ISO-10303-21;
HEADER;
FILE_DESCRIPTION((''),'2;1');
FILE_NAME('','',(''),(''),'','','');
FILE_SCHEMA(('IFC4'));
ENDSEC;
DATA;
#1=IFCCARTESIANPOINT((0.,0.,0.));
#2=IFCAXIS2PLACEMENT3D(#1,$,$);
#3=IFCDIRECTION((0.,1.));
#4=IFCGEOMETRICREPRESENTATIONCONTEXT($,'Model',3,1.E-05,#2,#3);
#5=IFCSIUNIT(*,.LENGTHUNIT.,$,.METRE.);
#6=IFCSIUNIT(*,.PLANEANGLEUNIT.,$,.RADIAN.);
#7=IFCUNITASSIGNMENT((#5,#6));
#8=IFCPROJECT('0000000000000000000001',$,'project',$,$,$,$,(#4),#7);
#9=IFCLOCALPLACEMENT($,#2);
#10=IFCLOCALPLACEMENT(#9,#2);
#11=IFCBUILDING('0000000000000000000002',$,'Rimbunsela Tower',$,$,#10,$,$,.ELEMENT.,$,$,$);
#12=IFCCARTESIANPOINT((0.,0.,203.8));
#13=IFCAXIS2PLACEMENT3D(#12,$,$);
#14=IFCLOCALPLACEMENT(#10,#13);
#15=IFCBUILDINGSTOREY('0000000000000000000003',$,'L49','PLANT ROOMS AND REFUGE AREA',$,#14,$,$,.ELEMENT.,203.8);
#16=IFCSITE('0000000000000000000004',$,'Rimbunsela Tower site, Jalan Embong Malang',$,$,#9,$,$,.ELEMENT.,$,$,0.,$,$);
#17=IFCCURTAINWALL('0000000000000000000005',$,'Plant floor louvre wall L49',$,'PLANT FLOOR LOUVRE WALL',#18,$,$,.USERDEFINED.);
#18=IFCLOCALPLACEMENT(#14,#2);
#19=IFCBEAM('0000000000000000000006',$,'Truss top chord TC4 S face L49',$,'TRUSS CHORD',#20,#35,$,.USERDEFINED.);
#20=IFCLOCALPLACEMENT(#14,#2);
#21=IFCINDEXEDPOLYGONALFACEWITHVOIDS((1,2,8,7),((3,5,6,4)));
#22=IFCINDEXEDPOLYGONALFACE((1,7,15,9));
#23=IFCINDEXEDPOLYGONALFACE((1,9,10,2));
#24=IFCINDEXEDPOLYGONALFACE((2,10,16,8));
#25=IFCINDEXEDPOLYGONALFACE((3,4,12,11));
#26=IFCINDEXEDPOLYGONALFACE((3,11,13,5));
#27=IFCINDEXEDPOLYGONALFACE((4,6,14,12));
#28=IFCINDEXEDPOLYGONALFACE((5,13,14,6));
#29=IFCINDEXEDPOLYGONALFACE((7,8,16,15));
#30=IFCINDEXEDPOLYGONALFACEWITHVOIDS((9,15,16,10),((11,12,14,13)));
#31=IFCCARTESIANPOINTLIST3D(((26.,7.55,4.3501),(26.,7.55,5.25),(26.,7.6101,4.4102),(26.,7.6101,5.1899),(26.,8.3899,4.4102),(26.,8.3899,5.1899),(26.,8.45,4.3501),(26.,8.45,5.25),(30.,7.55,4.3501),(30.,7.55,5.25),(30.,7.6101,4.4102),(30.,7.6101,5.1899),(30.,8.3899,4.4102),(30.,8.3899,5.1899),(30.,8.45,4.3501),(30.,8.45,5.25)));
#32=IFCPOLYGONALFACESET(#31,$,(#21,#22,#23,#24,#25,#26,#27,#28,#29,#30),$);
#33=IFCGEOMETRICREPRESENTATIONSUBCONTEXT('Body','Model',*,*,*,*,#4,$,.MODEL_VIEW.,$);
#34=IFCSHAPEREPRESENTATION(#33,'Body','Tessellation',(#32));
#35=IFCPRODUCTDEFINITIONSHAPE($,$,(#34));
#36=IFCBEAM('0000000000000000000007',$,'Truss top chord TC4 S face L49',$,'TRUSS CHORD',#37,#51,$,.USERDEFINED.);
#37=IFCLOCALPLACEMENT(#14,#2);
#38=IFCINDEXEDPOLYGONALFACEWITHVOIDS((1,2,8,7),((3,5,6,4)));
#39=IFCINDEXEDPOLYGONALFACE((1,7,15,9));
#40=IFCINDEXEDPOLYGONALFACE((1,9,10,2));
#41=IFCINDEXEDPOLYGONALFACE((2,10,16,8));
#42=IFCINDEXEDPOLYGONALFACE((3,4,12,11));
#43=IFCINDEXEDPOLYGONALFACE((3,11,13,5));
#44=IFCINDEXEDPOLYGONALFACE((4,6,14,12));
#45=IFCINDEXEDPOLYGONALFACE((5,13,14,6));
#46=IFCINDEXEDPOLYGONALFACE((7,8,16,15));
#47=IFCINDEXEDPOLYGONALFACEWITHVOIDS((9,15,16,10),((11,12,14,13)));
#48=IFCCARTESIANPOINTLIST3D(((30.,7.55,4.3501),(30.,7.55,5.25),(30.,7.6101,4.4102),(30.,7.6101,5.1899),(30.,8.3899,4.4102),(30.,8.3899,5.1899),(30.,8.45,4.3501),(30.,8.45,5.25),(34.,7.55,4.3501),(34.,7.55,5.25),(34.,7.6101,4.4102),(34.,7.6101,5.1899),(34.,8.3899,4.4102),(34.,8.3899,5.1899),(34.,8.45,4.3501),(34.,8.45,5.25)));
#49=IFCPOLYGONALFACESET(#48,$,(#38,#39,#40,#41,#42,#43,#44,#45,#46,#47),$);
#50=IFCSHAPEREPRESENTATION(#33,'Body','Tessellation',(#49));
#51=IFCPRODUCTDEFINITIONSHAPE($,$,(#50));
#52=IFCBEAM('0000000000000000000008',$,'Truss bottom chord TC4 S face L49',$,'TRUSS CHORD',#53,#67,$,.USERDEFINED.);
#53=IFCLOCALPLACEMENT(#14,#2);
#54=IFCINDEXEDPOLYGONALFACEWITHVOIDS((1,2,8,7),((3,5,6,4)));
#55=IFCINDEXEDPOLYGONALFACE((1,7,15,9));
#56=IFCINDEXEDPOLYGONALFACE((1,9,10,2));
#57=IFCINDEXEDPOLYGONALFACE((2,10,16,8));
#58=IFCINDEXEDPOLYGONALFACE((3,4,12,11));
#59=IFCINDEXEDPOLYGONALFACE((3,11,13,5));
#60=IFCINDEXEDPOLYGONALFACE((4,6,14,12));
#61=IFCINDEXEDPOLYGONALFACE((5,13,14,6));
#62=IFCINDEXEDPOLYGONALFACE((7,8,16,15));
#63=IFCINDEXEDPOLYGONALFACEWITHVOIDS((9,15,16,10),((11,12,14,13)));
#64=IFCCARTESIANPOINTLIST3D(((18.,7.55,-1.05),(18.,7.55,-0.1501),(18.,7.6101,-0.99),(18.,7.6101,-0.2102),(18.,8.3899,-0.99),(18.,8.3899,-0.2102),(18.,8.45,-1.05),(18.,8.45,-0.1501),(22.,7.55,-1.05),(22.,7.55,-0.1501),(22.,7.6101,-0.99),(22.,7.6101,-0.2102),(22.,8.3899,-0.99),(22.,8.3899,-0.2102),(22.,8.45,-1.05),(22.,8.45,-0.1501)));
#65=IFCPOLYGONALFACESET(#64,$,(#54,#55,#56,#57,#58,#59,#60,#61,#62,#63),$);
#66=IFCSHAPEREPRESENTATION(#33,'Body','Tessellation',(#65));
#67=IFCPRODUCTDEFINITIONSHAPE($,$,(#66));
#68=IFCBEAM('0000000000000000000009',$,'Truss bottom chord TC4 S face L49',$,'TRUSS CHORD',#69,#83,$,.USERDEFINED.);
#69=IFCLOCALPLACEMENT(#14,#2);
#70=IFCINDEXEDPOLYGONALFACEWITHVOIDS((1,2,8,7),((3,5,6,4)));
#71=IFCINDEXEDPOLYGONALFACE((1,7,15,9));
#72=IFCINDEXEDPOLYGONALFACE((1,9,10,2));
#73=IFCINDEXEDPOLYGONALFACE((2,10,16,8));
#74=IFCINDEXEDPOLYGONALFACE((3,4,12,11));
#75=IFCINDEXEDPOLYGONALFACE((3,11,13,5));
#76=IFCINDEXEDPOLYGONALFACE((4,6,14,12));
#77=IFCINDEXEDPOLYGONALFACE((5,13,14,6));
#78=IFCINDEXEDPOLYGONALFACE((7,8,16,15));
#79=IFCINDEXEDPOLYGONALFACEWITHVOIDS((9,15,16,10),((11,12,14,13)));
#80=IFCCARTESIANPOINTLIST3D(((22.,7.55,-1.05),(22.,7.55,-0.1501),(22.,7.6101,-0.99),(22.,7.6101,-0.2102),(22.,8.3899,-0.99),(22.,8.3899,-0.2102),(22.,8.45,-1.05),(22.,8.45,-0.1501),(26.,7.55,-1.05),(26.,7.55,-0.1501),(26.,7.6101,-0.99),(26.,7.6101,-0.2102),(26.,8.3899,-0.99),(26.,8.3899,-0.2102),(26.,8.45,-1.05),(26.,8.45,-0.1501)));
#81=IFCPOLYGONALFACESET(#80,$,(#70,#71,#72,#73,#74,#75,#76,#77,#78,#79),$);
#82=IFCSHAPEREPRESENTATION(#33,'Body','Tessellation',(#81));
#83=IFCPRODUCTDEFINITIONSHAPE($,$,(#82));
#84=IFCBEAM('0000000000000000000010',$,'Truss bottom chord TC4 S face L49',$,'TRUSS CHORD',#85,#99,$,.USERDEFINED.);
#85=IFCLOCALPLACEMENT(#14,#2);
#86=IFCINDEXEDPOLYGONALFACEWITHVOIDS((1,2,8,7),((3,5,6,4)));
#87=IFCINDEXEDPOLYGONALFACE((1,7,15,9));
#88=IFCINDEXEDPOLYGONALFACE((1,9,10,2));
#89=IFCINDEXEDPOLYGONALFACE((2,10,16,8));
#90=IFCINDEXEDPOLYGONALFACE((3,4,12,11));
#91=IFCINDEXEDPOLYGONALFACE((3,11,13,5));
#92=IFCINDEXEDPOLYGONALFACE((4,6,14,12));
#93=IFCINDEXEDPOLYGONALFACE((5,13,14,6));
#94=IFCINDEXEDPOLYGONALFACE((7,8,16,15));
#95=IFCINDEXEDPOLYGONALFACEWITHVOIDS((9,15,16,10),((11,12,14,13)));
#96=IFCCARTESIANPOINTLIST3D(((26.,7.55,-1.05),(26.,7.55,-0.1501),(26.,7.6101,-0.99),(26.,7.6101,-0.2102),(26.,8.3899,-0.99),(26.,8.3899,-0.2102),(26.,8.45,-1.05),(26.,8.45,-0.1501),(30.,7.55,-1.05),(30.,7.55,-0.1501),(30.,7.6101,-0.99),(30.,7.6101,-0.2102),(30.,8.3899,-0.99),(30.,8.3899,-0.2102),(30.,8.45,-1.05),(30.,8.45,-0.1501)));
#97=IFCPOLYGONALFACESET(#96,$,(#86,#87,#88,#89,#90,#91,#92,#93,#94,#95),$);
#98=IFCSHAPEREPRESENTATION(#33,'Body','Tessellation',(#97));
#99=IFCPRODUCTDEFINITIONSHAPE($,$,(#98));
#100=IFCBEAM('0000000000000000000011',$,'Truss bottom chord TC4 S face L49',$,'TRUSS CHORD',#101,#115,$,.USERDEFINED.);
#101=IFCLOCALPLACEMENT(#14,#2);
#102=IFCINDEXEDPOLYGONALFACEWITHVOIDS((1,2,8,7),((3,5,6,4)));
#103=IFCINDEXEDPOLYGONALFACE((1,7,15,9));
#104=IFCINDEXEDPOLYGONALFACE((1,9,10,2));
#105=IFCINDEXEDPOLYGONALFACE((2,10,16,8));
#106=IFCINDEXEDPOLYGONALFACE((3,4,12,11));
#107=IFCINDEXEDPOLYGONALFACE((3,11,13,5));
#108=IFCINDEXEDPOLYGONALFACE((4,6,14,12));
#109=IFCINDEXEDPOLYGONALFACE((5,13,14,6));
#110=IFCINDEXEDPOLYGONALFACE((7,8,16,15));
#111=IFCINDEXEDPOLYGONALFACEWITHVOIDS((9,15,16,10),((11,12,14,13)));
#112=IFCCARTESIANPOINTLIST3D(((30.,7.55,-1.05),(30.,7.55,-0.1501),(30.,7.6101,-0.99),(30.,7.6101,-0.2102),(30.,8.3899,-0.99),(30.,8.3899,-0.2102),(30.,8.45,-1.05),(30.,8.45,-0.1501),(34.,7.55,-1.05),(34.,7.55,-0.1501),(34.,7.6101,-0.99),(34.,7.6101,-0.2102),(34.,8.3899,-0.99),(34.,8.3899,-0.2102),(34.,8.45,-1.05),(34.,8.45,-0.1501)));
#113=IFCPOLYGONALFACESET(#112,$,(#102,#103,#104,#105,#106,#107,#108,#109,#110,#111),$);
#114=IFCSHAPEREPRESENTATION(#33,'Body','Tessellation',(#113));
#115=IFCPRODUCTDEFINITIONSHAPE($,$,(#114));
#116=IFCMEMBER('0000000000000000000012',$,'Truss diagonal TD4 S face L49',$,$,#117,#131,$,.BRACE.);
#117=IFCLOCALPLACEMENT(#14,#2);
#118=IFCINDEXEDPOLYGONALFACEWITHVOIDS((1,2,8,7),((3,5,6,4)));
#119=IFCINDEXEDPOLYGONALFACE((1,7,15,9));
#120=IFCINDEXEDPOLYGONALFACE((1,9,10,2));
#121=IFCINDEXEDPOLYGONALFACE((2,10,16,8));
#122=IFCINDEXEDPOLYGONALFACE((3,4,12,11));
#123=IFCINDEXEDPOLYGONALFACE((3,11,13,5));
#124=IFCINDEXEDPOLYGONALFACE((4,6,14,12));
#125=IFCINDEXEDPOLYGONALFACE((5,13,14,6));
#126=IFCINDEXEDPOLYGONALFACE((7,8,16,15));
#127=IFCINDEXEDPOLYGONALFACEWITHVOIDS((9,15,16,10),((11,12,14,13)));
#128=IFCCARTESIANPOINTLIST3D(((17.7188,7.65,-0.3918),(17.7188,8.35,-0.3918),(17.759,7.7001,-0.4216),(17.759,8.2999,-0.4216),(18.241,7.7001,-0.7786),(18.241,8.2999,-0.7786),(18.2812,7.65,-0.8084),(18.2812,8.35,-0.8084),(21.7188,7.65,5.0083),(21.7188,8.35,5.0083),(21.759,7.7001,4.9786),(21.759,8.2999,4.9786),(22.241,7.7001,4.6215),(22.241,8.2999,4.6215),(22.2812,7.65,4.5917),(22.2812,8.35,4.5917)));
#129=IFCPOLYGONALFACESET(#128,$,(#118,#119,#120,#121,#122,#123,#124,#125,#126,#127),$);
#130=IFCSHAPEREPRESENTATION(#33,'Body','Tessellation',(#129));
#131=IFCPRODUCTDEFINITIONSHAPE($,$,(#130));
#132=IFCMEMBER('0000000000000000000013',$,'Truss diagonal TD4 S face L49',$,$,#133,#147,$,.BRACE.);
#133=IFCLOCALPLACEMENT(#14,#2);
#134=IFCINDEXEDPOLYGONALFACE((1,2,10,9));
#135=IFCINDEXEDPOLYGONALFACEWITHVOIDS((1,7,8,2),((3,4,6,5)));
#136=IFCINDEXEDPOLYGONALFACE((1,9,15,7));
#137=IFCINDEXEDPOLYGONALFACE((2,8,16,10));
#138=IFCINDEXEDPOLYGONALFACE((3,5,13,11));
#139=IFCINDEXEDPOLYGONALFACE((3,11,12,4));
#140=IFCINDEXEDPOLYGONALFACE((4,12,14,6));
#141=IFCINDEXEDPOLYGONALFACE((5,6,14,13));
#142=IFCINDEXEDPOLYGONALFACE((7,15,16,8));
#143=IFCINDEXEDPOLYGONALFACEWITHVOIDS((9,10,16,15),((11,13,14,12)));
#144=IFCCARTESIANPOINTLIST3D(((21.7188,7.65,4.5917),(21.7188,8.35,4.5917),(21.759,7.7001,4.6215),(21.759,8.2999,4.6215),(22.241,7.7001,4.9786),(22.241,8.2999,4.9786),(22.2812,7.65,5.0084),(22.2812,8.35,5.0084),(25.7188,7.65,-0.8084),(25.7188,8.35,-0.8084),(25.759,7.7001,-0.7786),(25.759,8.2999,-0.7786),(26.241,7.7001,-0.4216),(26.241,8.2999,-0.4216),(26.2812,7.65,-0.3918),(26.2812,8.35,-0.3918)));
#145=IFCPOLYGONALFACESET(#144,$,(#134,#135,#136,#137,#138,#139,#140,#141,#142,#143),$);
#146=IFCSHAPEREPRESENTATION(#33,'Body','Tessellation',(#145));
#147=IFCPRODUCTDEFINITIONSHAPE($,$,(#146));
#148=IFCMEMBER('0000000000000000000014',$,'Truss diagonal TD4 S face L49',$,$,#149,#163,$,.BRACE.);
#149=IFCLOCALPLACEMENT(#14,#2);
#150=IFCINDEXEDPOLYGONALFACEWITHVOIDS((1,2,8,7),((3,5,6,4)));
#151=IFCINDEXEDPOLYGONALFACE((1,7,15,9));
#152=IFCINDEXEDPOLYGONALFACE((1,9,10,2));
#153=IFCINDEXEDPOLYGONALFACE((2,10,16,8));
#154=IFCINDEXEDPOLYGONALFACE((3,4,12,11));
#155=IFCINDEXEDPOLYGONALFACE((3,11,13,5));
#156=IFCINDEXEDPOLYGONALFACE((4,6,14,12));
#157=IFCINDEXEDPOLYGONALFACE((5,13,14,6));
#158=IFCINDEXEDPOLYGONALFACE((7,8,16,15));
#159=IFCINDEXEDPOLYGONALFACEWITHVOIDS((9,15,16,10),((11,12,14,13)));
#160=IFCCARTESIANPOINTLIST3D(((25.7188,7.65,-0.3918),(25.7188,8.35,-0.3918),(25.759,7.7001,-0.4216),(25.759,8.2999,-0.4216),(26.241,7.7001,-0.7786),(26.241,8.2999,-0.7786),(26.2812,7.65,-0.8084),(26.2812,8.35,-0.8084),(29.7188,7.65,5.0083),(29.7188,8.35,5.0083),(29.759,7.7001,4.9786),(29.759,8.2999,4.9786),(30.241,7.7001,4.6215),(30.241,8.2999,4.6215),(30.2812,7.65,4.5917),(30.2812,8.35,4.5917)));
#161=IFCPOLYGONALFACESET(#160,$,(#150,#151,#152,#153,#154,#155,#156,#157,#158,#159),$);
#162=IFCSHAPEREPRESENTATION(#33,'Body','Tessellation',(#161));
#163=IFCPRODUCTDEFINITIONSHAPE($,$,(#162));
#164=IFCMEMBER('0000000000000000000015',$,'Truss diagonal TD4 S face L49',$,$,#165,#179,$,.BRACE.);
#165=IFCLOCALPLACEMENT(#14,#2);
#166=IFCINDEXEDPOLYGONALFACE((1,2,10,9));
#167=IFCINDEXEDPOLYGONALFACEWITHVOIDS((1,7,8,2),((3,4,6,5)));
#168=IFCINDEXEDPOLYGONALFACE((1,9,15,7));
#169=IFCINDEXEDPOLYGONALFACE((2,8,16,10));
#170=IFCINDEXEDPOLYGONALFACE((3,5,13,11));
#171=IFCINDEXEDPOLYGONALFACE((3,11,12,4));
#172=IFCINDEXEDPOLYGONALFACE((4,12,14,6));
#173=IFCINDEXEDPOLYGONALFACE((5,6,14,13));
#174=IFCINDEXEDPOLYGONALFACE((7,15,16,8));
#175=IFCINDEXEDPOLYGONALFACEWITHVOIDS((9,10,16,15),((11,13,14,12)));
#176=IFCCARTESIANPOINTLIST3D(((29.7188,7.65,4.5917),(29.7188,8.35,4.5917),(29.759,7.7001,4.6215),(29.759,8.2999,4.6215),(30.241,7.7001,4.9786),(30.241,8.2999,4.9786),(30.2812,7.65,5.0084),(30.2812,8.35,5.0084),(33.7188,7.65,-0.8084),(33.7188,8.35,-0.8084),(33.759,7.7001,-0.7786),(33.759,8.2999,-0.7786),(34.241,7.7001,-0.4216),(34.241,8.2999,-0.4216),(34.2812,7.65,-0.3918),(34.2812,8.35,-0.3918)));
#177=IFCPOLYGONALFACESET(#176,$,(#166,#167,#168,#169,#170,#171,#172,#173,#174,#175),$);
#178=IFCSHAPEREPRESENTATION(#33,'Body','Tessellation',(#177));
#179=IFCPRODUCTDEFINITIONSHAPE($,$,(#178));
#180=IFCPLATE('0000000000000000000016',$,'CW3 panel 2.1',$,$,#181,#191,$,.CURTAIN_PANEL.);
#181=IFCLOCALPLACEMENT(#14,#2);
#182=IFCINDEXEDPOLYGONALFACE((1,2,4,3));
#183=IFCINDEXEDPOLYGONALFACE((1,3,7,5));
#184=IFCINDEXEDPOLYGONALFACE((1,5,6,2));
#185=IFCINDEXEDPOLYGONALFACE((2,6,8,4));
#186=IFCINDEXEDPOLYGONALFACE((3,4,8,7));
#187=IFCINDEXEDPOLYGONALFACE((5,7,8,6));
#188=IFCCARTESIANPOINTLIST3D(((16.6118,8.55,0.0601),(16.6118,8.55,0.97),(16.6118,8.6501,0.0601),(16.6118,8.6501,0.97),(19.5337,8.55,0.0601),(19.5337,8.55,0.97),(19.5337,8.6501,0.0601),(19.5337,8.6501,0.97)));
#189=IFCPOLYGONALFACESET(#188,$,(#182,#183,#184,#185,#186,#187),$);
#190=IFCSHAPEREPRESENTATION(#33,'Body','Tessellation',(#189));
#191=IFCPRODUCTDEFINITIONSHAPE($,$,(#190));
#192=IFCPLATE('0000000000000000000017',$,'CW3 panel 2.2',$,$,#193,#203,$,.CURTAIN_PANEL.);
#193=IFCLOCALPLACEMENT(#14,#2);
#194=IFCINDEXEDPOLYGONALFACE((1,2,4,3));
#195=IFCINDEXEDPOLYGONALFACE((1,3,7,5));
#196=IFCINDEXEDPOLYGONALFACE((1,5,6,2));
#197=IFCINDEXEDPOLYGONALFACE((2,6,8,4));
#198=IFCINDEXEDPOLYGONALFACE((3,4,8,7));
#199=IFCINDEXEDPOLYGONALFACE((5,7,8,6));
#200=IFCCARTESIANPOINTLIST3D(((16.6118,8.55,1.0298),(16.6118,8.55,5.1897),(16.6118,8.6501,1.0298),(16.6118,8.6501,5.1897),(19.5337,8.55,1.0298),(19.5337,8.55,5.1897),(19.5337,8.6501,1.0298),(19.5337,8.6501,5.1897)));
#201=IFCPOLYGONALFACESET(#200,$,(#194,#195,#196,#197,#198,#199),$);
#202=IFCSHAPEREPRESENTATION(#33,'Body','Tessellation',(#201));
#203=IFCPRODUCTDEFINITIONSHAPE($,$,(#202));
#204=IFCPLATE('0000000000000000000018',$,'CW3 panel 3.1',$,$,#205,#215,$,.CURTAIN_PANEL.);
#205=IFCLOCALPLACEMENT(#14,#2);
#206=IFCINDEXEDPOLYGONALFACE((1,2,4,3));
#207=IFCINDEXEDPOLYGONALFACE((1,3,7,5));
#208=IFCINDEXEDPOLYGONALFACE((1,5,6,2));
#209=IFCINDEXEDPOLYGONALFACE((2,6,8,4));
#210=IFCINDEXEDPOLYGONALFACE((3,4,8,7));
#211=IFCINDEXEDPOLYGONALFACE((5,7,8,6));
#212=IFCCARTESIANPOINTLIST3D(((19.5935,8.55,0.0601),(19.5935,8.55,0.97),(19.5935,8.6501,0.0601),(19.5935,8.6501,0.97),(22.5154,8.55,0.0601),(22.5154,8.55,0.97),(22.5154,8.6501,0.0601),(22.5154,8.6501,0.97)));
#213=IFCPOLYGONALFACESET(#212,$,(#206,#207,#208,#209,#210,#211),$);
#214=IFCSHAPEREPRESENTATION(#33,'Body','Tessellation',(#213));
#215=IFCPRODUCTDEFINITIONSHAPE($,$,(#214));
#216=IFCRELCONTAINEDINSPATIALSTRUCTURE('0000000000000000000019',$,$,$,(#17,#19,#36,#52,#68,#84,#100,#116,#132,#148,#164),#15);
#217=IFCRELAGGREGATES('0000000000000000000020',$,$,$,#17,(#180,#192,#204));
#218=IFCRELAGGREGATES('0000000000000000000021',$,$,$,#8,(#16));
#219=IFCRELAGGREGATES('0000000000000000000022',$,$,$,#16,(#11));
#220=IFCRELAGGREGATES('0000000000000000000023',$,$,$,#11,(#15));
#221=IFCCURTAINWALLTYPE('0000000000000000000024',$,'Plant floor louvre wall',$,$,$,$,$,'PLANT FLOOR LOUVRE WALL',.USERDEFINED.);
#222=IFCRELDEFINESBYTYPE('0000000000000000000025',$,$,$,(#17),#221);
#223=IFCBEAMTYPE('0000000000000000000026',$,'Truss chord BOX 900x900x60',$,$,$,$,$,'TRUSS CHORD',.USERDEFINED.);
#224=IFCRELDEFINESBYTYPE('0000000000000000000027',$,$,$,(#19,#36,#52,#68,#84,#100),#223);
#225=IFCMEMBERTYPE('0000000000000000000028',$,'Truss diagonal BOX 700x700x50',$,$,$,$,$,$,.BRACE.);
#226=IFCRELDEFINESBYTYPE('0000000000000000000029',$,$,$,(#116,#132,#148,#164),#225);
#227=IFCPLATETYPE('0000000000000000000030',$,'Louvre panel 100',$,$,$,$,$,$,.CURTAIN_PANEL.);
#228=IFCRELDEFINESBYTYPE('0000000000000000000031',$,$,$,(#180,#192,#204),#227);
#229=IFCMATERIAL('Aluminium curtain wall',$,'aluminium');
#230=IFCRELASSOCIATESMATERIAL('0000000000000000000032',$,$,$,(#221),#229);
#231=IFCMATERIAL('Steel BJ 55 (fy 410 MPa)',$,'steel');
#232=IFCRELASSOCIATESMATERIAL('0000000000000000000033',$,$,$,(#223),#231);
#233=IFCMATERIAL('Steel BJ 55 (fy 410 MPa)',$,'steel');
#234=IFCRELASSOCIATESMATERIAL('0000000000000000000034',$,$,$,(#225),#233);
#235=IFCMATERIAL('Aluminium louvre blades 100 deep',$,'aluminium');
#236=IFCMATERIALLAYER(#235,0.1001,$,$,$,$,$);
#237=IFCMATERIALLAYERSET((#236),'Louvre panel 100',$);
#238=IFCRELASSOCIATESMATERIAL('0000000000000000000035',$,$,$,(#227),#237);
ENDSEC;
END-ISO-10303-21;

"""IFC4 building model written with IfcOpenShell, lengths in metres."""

from ifc_helpers import new_model, si_unit, direction, frame, origin, origin_2d, place, context, subcontext, project, spatial, rectangle, hollow_rectangle, extrude, material, layer, layer_set, material_profile, profile_set, type_object, element, aggregate, save


model = new_model("IFC4")

# Units and contexts
model_context = context("Model", 3, precision=1e-05, world=origin(), true_north=direction((0.0, 1.0)))
body_context = subcontext(model_context, "Body", "Model", "MODEL_VIEW")
ifc_project = project(units=[si_unit("LENGTHUNIT", "METRE"), si_unit("PLANEANGLEUNIT", "RADIAN")], contexts=[model_context])

# Site, building, storey
site_placement = place(None, origin())
site = spatial("IfcSite", under=ifc_project, at=site_placement, Name="Rimbunsela Tower site, Jalan Embong Malang", CompositionType="ELEMENT", RefElevation=0.0)
building_placement = place(site_placement, origin())
building = spatial("IfcBuilding", under=site, at=building_placement, Name="Rimbunsela Tower", CompositionType="ELEMENT")
storey_placement = place(building_placement, frame((0.0, 0.0, 203.8)))
storey = spatial("IfcBuildingStorey", under=building, at=storey_placement, Name="L49", Description="PLANT ROOMS AND REFUGE AREA", CompositionType="ELEMENT", Elevation=203.8)

# Curtain wall
ifc_material_1 = material(Name="Aluminium curtain wall", Category="aluminium")
curtain_wall_type = type_object("IfcCurtainWallType", Name="Plant floor louvre wall", ElementType="PLANT FLOOR LOUVRE WALL", PredefinedType="USERDEFINED", material=ifc_material_1)
curtain_wall_placement = place(storey_placement, origin())
curtain_wall = element("IfcCurtainWall", 1, at=curtain_wall_placement, inside=storey, type_object=curtain_wall_type, Name="Plant floor louvre wall L49", ObjectType="PLANT FLOOR LOUVRE WALL", PredefinedType="USERDEFINED")

# Beams
ifc_material_2 = material(Name="Steel BJ 55 (fy 410 MPa)", Category="steel")
ifc_material_profile_1 = material_profile(ifc_material_2, hollow_rectangle(XDim=0.8999, YDim=0.8999, WallThickness=0.0601, at=origin_2d()), Name="BOX 900x900x60")
ifc_profile_set_1 = profile_set([ifc_material_profile_1], Name="Steel BJ 55 (fy 410 MPa)")
beam_type_1 = type_object("IfcBeamType", Name="Truss chord BOX 900x900x60", ElementType="TRUSS CHORD", PredefinedType="USERDEFINED", material=ifc_profile_set_1)
for number, where, z_axis, x_axis, name in (
    (2, (26.0, 8.0, 4.8), (1.0, 0.0, 0.0), (0.0, 1.0, 0.0), "Truss top chord TC4 S face L49"),
    (3, (30.0, 8.0, 4.8), (1.0, 0.0, 0.0), (0.0, 1.0, 0.0), "Truss top chord TC4 S face L49"),
    (4, (18.0, 8.0, -0.6001), (1.0, 0.0, 0.0), (0.0, 1.0, 0.0), "Truss bottom chord TC4 S face L49"),
    (5, (22.0, 8.0, -0.6001), (1.0, 0.0, 0.0), (0.0, 1.0, 0.0), "Truss bottom chord TC4 S face L49"),
    (6, (26.0, 8.0, -0.6001), (1.0, 0.0, 0.0), (0.0, 1.0, 0.0), "Truss bottom chord TC4 S face L49"),
    (7, (30.0, 8.0, -0.6001), (1.0, 0.0, 0.0), (0.0, 1.0, 0.0), "Truss bottom chord TC4 S face L49"),
):
    element("IfcBeam", number, at=place(storey_placement, frame(where, z_axis=z_axis, x_axis=x_axis)), inside=storey, type_object=beam_type_1, Name=name, ObjectType="TRUSS CHORD", PredefinedType="USERDEFINED", context=body_context, shape_type="SweptSolid", body=[
        extrude(hollow_rectangle(XDim=0.8999, YDim=0.8999, WallThickness=0.0601, at=origin_2d()), origin(), (0.0, 0.0, 1.0), 4.0),
    ])

# Members
ifc_material_3 = material(Name="Steel BJ 55 (fy 410 MPa)", Category="steel")
ifc_material_profile_2 = material_profile(ifc_material_3, hollow_rectangle(XDim=0.7, YDim=0.7, WallThickness=0.05, at=origin_2d()), Name="BOX 700x700x50")
ifc_profile_set_2 = profile_set([ifc_material_profile_2], Name="Steel BJ 55 (fy 410 MPa)")
member_type_1 = type_object("IfcMemberType", Name="Truss diagonal BOX 700x700x50", PredefinedType="BRACE", material=ifc_profile_set_2)
for number, where, z_axis, x_axis, name in (
    (8, (18.0, 8.0, -0.6001), (0.595217, 0.0, 0.803565), (0.0, 1.0, 0.0), "Truss diagonal TD4 S face L49"),
    (9, (22.0, 8.0, 4.8), (0.595217, 0.0, -0.803565), (0.0, 1.0, 0.0), "Truss diagonal TD4 S face L49"),
    (10, (26.0, 8.0, -0.6001), (0.595217, 0.0, 0.803565), (0.0, 1.0, 0.0), "Truss diagonal TD4 S face L49"),
    (11, (30.0, 8.0, 4.8), (0.595217, 0.0, -0.803565), (0.0, 1.0, 0.0), "Truss diagonal TD4 S face L49"),
):
    element("IfcMember", number, at=place(storey_placement, frame(where, z_axis=z_axis, x_axis=x_axis)), inside=storey, type_object=member_type_1, Name=name, PredefinedType="BRACE", context=body_context, shape_type="SweptSolid", body=[
        extrude(hollow_rectangle(XDim=0.7, YDim=0.7, WallThickness=0.05, at=origin_2d()), origin(), (0.0, 0.0, 1.0), 6.7202),
    ])

# Plates
ifc_material_4 = material(Name="Aluminium louvre blades 100 deep", Category="aluminium")
ifc_layer_1 = layer(ifc_material_4, 0.1001)
ifc_layer_set_1 = layer_set([ifc_layer_1], Name="Louvre panel 100")
plate_type = type_object("IfcPlateType", Name="Louvre panel 100", PredefinedType="CURTAIN_PANEL", material=ifc_layer_set_1)
plate_1_placement = place(storey_placement, frame((18.0728, 8.6001, 0.0601), z_axis=(0.0, 0.0, 1.0), x_axis=(1.0, 0.0, 0.0)))
plate_1 = element("IfcPlate", 12, at=plate_1_placement, type_object=plate_type, Name="CW3 panel 2.1", PredefinedType="CURTAIN_PANEL", context=body_context, shape_type="SweptSolid", body=[
    extrude(rectangle(XDim=2.9219, YDim=0.1001, at=origin_2d()), origin(), (0.0, 0.0, 1.0), 0.9099),
])
plate_2_placement = place(storey_placement, frame((18.0728, 8.6001, 1.0298), z_axis=(0.0, 0.0, 1.0), x_axis=(1.0, 0.0, 0.0)))
plate_2 = element("IfcPlate", 13, at=plate_2_placement, type_object=plate_type, Name="CW3 panel 2.2", PredefinedType="CURTAIN_PANEL", context=body_context, shape_type="SweptSolid", body=[
    extrude(rectangle(XDim=2.9219, YDim=0.1001, at=origin_2d()), origin(), (0.0, 0.0, 1.0), 4.1599),
])
plate_3_placement = place(storey_placement, frame((21.0544, 8.6001, 0.0601), z_axis=(0.0, 0.0, 1.0), x_axis=(1.0, 0.0, 0.0)))
plate_3 = element("IfcPlate", 14, at=plate_3_placement, type_object=plate_type, Name="CW3 panel 3.1", PredefinedType="CURTAIN_PANEL", context=body_context, shape_type="SweptSolid", body=[
    extrude(rectangle(XDim=2.9219, YDim=0.1001, at=origin_2d()), origin(), (0.0, 0.0, 1.0), 0.9099),
])
aggregate(curtain_wall, [plate_1, plate_2, plate_3])

save(model, "model.ifc")
